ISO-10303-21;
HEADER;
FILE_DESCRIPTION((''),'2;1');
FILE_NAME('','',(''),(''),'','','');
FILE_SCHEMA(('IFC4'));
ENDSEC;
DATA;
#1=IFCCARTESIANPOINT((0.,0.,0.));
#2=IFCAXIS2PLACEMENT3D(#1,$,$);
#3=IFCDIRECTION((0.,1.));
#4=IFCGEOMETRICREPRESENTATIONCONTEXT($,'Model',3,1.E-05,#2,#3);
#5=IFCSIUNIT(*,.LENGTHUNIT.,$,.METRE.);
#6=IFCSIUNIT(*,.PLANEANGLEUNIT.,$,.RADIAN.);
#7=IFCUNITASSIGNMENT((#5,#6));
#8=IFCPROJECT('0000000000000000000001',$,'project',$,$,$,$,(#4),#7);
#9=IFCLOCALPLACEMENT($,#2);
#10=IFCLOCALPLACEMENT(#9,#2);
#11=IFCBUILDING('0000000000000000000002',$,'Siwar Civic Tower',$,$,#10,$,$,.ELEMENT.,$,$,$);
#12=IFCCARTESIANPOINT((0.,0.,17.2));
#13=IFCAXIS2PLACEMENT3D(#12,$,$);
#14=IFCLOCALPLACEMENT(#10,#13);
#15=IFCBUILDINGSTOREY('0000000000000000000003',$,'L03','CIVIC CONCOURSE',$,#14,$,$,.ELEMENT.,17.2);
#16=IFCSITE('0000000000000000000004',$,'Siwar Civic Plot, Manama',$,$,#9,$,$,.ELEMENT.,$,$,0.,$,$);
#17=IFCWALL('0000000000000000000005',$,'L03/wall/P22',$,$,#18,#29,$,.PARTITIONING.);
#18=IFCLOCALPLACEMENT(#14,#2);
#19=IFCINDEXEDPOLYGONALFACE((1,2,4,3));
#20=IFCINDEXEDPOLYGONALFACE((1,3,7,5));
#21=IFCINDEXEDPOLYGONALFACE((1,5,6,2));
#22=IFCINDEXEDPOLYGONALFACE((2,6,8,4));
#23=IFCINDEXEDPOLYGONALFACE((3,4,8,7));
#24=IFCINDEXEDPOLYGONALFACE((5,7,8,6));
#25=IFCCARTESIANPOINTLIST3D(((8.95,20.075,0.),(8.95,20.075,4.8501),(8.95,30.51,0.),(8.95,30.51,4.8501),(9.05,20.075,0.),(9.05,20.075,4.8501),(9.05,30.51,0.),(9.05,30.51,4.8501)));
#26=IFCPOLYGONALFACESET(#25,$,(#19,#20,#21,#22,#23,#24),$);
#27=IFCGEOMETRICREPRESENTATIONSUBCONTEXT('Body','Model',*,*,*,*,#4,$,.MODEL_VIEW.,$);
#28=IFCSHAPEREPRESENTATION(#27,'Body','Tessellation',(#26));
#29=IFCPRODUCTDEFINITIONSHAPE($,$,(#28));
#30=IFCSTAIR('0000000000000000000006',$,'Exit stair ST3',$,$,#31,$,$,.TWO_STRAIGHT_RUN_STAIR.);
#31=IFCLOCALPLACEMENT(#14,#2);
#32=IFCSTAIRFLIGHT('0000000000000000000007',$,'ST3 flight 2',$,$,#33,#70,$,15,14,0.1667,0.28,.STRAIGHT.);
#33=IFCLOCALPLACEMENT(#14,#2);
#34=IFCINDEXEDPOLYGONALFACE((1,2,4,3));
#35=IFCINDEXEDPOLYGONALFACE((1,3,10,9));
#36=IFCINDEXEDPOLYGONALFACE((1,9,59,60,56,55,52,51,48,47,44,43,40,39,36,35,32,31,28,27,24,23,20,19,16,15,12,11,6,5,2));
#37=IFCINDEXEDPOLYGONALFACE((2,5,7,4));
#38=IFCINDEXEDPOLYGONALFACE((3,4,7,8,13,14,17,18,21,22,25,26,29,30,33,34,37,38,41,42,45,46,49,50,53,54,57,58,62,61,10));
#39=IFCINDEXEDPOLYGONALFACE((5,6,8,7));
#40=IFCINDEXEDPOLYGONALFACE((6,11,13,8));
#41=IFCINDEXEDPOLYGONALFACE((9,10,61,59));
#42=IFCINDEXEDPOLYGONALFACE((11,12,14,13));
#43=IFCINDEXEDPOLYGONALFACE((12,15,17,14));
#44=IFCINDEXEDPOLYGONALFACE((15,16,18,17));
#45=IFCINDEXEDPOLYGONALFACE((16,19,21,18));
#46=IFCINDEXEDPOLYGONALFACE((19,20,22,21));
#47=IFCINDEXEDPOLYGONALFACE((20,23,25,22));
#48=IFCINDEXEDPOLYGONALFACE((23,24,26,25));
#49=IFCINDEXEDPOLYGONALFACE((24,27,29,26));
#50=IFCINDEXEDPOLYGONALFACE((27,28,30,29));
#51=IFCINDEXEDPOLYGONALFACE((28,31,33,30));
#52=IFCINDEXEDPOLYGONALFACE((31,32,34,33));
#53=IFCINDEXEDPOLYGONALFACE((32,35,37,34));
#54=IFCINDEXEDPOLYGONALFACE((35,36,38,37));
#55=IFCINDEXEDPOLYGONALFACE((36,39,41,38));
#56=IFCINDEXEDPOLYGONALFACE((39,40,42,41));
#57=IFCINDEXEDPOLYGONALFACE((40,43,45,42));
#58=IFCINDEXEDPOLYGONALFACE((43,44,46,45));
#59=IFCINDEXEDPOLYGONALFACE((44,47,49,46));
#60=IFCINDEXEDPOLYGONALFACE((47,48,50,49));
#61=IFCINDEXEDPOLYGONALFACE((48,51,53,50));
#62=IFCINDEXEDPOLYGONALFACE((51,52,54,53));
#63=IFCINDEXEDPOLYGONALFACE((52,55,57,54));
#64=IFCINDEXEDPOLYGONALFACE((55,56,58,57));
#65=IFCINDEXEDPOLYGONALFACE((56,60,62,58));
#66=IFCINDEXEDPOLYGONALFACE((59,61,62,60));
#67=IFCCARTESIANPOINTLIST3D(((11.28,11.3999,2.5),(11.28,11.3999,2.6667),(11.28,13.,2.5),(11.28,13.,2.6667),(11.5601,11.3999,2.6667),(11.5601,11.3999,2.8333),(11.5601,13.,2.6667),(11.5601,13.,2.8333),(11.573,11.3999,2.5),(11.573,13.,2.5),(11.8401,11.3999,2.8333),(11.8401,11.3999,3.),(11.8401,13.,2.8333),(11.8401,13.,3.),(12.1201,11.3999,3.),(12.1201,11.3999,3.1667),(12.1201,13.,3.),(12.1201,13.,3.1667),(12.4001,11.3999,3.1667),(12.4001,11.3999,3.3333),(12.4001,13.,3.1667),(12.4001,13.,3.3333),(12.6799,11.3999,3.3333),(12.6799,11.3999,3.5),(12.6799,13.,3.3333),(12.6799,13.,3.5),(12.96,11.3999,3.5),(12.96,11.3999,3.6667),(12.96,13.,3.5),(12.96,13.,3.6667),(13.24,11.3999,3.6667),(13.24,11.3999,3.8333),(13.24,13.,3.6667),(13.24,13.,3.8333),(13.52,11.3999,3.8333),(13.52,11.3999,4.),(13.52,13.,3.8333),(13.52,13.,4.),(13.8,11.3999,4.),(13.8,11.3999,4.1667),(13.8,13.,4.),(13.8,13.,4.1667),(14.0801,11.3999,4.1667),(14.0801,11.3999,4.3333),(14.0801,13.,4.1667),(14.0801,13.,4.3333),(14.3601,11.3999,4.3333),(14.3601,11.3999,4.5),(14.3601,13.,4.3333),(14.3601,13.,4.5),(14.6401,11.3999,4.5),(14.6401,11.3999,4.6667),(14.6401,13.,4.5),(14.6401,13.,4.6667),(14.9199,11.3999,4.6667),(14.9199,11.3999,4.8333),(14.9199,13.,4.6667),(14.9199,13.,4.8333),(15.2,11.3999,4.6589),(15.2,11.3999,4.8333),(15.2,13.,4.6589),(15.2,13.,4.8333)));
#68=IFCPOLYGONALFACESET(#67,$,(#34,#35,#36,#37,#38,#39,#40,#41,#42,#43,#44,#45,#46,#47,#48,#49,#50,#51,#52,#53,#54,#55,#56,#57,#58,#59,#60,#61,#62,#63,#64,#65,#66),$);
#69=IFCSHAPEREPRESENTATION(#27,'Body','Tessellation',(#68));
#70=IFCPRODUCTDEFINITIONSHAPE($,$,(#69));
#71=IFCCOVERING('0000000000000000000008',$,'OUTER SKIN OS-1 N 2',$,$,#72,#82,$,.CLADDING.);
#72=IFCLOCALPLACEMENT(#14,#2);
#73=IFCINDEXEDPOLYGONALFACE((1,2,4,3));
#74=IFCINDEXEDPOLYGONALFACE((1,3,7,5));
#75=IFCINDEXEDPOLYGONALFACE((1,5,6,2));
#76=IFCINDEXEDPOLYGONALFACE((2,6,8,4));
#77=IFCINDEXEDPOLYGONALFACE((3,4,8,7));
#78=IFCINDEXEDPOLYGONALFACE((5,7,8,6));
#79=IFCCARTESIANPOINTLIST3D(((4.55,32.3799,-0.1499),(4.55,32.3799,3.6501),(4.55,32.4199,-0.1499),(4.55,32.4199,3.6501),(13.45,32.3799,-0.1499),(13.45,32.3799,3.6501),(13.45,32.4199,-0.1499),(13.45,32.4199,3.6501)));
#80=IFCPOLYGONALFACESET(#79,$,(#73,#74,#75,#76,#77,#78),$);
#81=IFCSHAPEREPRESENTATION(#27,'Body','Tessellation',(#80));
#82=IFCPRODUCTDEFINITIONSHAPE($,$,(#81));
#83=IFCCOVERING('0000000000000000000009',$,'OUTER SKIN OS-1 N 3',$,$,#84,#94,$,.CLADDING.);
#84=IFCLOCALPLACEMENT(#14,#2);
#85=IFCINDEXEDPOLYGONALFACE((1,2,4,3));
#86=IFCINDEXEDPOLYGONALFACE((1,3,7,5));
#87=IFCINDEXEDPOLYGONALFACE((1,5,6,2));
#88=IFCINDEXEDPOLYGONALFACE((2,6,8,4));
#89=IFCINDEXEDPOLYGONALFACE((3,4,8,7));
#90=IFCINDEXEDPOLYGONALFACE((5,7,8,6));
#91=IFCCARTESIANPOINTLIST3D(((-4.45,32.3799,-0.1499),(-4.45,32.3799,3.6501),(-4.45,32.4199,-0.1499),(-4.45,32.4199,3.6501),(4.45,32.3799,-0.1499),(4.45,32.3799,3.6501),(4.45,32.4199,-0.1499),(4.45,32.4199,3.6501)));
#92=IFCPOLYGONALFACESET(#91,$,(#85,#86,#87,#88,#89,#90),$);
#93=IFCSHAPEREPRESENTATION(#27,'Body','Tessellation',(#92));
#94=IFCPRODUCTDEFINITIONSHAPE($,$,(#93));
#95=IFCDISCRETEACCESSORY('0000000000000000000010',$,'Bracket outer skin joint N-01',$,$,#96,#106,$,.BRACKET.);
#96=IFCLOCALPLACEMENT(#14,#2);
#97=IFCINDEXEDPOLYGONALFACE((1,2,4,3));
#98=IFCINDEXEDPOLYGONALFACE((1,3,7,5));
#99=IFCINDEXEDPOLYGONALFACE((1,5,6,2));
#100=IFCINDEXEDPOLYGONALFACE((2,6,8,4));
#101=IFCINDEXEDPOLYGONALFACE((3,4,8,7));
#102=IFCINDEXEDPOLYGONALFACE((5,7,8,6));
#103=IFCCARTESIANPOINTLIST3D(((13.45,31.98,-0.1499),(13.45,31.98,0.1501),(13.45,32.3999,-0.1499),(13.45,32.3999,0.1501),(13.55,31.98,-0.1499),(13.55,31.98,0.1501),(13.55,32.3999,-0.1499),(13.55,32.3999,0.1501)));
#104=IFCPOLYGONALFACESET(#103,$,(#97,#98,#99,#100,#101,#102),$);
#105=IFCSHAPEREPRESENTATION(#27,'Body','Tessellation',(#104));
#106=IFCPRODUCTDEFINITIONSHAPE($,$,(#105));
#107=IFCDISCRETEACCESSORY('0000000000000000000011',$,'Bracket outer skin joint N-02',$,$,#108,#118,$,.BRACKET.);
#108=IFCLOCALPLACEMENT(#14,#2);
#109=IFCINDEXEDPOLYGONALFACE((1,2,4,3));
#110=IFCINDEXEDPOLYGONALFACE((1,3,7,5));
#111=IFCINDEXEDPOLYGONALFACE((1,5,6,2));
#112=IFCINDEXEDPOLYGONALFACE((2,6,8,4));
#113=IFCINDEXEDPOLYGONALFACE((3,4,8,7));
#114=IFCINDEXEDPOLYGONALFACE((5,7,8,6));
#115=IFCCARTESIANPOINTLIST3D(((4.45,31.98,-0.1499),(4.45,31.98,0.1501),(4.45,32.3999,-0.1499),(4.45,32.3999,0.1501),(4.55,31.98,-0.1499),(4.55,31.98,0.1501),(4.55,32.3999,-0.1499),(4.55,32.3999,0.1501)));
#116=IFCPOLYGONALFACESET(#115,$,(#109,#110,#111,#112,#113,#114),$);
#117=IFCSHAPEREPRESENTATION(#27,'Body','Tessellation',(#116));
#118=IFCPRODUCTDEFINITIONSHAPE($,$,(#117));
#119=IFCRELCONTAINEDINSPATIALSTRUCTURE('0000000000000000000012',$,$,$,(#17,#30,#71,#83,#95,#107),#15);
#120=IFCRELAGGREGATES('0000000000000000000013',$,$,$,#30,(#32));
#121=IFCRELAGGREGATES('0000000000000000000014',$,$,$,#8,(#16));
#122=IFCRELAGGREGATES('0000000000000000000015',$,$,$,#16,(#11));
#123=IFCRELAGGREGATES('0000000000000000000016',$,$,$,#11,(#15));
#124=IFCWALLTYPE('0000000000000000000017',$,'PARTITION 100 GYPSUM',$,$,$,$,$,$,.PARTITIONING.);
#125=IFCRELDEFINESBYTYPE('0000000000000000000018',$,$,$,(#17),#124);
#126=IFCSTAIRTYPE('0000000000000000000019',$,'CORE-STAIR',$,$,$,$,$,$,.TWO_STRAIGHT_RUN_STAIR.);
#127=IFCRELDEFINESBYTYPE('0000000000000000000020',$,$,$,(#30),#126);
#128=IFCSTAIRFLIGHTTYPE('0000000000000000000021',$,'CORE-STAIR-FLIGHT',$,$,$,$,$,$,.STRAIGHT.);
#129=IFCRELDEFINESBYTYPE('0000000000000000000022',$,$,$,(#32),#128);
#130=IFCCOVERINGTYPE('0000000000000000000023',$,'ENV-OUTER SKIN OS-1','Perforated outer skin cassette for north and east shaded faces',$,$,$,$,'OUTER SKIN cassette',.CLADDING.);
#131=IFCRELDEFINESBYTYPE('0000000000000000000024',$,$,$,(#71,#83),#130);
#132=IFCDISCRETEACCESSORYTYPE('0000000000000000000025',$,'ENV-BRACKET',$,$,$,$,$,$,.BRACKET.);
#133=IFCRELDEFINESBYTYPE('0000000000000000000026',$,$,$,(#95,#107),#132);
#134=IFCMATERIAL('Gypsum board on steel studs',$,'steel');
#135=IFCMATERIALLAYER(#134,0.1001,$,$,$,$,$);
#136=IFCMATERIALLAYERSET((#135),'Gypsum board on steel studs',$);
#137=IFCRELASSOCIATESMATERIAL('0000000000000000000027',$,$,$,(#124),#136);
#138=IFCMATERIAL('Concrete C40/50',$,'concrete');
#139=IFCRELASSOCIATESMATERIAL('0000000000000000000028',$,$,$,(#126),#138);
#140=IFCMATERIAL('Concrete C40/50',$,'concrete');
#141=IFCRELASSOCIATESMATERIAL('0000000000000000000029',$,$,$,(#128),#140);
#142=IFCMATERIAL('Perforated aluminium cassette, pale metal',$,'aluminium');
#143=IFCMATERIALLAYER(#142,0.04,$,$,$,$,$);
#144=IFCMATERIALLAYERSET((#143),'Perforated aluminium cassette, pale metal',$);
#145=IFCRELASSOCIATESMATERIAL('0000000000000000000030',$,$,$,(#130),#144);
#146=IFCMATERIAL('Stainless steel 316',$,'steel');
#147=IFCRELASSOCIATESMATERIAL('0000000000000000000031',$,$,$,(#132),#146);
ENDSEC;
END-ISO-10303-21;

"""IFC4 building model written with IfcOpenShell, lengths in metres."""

from ifc_helpers import new_model, si_unit, direction, frame, frame_2d, origin, origin_2d, place, context, subcontext, project, spatial, polyline, rectangle, outline, extrude, material, layer, layer_set, type_object, element, aggregate, save


model = new_model("IFC4")

# Units and contexts
model_context = context("Model", 3, precision=1e-05, world=origin(), true_north=direction((0.0, 1.0)))
body_context = subcontext(model_context, "Body", "Model", "MODEL_VIEW")
ifc_project = project(units=[si_unit("LENGTHUNIT", "METRE"), si_unit("PLANEANGLEUNIT", "RADIAN")], contexts=[model_context])

# Site, building, storey
site_placement = place(None, origin())
site = spatial("IfcSite", under=ifc_project, at=site_placement, Name="Siwar Civic Plot, Manama", CompositionType="ELEMENT", RefElevation=0.0)
building_placement = place(site_placement, origin())
building = spatial("IfcBuilding", under=site, at=building_placement, Name="Siwar Civic Tower", CompositionType="ELEMENT")
storey_placement = place(building_placement, frame((0.0, 0.0, 17.2)))
storey = spatial("IfcBuildingStorey", under=building, at=storey_placement, Name="L03", Description="CIVIC CONCOURSE", CompositionType="ELEMENT", Elevation=17.2)

# Wall
ifc_material_1 = material(Name="Gypsum board on steel studs", Category="steel")
ifc_layer_1 = layer(ifc_material_1, 0.1001)
ifc_layer_set_1 = layer_set([ifc_layer_1], Name="Gypsum board on steel studs")
wall_type_1 = type_object("IfcWallType", Name="PARTITION 100 GYPSUM", PredefinedType="PARTITIONING", material=ifc_layer_set_1)
wall_1_placement = place(storey_placement, frame((9.0, 20.075, 0.0), z_axis=(0.0, 0.0, 1.0), x_axis=(0.0, 1.0, 0.0)))
element("IfcWall", 1, at=wall_1_placement, inside=storey, type_object=wall_type_1, Name="L03/wall/P22", PredefinedType="PARTITIONING", context=body_context, shape_type="SweptSolid", body=[
    extrude(rectangle(XDim=10.4351, YDim=0.1001, at=frame_2d((5.2175, 0.0))), origin(), (0.0, 0.0, 1.0), 4.8501),
])

# Stair, stair flight
ifc_material_2 = material(Name="Concrete C40/50", Category="concrete")
stair_type = type_object("IfcStairType", Name="CORE-STAIR", PredefinedType="TWO_STRAIGHT_RUN_STAIR", material=ifc_material_2)
stair_placement = place(storey_placement, origin())
stair = element("IfcStair", 2, at=stair_placement, inside=storey, type_object=stair_type, Name="Exit stair ST3", PredefinedType="TWO_STRAIGHT_RUN_STAIR")
ifc_material_3 = material(Name="Concrete C40/50", Category="concrete")
stair_flight_type = type_object("IfcStairFlightType", Name="CORE-STAIR-FLIGHT", PredefinedType="STRAIGHT", material=ifc_material_3)
stair_flight_placement = place(storey_placement, frame((11.28, 12.2, 2.5), z_axis=(0.0, 0.0, 1.0), x_axis=(1.0, 0.0, 0.0)))
stair_flight = element("IfcStairFlight", 3, at=stair_flight_placement, type_object=stair_flight_type, Name="ST3 flight 2", NumberOfRisers=15, NumberOfTreads=14, PredefinedType="STRAIGHT", RiserHeight=0.1667, TreadLength=0.28, context=body_context, shape_type="SweptSolid", body=[
    extrude(outline(polyline([(0.0, 0.0), (0.0, 0.1667), (0.28, 0.1667), (0.28, 0.3333), (0.5601, 0.3333), (0.5601, 0.5), (0.8401, 0.5), (0.8401, 0.6667), (1.1201, 0.6667), (1.1201, 0.8333), (1.3999, 0.8333), (1.3999, 1.0), (1.6799, 1.0), (1.6799, 1.1667), (1.96, 1.1667), (1.96, 1.3333), (2.24, 1.3333), (2.24, 1.5), (2.52, 1.5), (2.52, 1.6667), (2.8, 1.6667), (2.8, 1.8333), (3.0801, 1.8333), (3.0801, 2.0), (3.3601, 2.0), (3.3601, 2.1667), (3.6399, 2.1667), (3.6399, 2.3333), (3.9199, 2.3333), (3.9199, 2.5), (3.9199, 2.1589), (0.293, 0.0), (0.0, 0.0)])), frame((0.0, 0.8, 0.0), z_axis=(0.0, -1.0, 0.0), x_axis=(1.0, 0.0, 0.0)), (0.0, 0.0, 1.0), 1.6001),
])
aggregate(stair, [stair_flight])

# Coverings
ifc_material_4 = material(Name="Perforated aluminium cassette, pale metal", Category="aluminium")
ifc_layer_2 = layer(ifc_material_4, 0.04)
ifc_layer_set_2 = layer_set([ifc_layer_2], Name="Perforated aluminium cassette, pale metal")
covering_type = type_object("IfcCoveringType", Name="ENV-OUTER SKIN OS-1", Description="Perforated outer skin cassette for north and east shaded faces", ElementType="OUTER SKIN cassette", PredefinedType="CLADDING", material=ifc_layer_set_2)
for number, where, z_axis, x_axis, name in (
    (4, (9.0, 32.3999, -0.1499), (0.0, 0.0, 1.0), (-1.0, 0.0, 0.0), "OUTER SKIN OS-1 N 2"),
    (5, (0.0, 32.3999, -0.1499), (0.0, 0.0, 1.0), (-1.0, 0.0, 0.0), "OUTER SKIN OS-1 N 3"),
):
    element("IfcCovering", number, at=place(storey_placement, frame(where, z_axis=z_axis, x_axis=x_axis)), inside=storey, type_object=covering_type, Name=name, PredefinedType="CLADDING", context=body_context, shape_type="SweptSolid", body=[
        extrude(rectangle(XDim=8.8999, YDim=0.04, at=origin_2d()), origin(), (0.0, 0.0, 1.0), 3.8),
    ])

# Discrete accessories
ifc_material_5 = material(Name="Stainless steel 316", Category="steel")
discrete_accessory_type = type_object("IfcDiscreteAccessoryType", Name="ENV-BRACKET", PredefinedType="BRACKET", material=ifc_material_5)
for number, where, z_axis, x_axis, name in (
    (6, (13.5, 32.1899, -0.1499), (0.0, 0.0, 1.0), (0.0, 1.0, 0.0), "Bracket outer skin joint N-01"),
    (7, (4.5, 32.1899, -0.1499), (0.0, 0.0, 1.0), (0.0, 1.0, 0.0), "Bracket outer skin joint N-02"),
):
    element("IfcDiscreteAccessory", number, at=place(storey_placement, frame(where, z_axis=z_axis, x_axis=x_axis)), inside=storey, type_object=discrete_accessory_type, Name=name, PredefinedType="BRACKET", context=body_context, shape_type="SweptSolid", body=[
        extrude(rectangle(XDim=0.4199, YDim=0.1001, at=origin_2d()), origin(), (0.0, 0.0, 1.0), 0.3),
    ])

save(model, "model.ifc")
